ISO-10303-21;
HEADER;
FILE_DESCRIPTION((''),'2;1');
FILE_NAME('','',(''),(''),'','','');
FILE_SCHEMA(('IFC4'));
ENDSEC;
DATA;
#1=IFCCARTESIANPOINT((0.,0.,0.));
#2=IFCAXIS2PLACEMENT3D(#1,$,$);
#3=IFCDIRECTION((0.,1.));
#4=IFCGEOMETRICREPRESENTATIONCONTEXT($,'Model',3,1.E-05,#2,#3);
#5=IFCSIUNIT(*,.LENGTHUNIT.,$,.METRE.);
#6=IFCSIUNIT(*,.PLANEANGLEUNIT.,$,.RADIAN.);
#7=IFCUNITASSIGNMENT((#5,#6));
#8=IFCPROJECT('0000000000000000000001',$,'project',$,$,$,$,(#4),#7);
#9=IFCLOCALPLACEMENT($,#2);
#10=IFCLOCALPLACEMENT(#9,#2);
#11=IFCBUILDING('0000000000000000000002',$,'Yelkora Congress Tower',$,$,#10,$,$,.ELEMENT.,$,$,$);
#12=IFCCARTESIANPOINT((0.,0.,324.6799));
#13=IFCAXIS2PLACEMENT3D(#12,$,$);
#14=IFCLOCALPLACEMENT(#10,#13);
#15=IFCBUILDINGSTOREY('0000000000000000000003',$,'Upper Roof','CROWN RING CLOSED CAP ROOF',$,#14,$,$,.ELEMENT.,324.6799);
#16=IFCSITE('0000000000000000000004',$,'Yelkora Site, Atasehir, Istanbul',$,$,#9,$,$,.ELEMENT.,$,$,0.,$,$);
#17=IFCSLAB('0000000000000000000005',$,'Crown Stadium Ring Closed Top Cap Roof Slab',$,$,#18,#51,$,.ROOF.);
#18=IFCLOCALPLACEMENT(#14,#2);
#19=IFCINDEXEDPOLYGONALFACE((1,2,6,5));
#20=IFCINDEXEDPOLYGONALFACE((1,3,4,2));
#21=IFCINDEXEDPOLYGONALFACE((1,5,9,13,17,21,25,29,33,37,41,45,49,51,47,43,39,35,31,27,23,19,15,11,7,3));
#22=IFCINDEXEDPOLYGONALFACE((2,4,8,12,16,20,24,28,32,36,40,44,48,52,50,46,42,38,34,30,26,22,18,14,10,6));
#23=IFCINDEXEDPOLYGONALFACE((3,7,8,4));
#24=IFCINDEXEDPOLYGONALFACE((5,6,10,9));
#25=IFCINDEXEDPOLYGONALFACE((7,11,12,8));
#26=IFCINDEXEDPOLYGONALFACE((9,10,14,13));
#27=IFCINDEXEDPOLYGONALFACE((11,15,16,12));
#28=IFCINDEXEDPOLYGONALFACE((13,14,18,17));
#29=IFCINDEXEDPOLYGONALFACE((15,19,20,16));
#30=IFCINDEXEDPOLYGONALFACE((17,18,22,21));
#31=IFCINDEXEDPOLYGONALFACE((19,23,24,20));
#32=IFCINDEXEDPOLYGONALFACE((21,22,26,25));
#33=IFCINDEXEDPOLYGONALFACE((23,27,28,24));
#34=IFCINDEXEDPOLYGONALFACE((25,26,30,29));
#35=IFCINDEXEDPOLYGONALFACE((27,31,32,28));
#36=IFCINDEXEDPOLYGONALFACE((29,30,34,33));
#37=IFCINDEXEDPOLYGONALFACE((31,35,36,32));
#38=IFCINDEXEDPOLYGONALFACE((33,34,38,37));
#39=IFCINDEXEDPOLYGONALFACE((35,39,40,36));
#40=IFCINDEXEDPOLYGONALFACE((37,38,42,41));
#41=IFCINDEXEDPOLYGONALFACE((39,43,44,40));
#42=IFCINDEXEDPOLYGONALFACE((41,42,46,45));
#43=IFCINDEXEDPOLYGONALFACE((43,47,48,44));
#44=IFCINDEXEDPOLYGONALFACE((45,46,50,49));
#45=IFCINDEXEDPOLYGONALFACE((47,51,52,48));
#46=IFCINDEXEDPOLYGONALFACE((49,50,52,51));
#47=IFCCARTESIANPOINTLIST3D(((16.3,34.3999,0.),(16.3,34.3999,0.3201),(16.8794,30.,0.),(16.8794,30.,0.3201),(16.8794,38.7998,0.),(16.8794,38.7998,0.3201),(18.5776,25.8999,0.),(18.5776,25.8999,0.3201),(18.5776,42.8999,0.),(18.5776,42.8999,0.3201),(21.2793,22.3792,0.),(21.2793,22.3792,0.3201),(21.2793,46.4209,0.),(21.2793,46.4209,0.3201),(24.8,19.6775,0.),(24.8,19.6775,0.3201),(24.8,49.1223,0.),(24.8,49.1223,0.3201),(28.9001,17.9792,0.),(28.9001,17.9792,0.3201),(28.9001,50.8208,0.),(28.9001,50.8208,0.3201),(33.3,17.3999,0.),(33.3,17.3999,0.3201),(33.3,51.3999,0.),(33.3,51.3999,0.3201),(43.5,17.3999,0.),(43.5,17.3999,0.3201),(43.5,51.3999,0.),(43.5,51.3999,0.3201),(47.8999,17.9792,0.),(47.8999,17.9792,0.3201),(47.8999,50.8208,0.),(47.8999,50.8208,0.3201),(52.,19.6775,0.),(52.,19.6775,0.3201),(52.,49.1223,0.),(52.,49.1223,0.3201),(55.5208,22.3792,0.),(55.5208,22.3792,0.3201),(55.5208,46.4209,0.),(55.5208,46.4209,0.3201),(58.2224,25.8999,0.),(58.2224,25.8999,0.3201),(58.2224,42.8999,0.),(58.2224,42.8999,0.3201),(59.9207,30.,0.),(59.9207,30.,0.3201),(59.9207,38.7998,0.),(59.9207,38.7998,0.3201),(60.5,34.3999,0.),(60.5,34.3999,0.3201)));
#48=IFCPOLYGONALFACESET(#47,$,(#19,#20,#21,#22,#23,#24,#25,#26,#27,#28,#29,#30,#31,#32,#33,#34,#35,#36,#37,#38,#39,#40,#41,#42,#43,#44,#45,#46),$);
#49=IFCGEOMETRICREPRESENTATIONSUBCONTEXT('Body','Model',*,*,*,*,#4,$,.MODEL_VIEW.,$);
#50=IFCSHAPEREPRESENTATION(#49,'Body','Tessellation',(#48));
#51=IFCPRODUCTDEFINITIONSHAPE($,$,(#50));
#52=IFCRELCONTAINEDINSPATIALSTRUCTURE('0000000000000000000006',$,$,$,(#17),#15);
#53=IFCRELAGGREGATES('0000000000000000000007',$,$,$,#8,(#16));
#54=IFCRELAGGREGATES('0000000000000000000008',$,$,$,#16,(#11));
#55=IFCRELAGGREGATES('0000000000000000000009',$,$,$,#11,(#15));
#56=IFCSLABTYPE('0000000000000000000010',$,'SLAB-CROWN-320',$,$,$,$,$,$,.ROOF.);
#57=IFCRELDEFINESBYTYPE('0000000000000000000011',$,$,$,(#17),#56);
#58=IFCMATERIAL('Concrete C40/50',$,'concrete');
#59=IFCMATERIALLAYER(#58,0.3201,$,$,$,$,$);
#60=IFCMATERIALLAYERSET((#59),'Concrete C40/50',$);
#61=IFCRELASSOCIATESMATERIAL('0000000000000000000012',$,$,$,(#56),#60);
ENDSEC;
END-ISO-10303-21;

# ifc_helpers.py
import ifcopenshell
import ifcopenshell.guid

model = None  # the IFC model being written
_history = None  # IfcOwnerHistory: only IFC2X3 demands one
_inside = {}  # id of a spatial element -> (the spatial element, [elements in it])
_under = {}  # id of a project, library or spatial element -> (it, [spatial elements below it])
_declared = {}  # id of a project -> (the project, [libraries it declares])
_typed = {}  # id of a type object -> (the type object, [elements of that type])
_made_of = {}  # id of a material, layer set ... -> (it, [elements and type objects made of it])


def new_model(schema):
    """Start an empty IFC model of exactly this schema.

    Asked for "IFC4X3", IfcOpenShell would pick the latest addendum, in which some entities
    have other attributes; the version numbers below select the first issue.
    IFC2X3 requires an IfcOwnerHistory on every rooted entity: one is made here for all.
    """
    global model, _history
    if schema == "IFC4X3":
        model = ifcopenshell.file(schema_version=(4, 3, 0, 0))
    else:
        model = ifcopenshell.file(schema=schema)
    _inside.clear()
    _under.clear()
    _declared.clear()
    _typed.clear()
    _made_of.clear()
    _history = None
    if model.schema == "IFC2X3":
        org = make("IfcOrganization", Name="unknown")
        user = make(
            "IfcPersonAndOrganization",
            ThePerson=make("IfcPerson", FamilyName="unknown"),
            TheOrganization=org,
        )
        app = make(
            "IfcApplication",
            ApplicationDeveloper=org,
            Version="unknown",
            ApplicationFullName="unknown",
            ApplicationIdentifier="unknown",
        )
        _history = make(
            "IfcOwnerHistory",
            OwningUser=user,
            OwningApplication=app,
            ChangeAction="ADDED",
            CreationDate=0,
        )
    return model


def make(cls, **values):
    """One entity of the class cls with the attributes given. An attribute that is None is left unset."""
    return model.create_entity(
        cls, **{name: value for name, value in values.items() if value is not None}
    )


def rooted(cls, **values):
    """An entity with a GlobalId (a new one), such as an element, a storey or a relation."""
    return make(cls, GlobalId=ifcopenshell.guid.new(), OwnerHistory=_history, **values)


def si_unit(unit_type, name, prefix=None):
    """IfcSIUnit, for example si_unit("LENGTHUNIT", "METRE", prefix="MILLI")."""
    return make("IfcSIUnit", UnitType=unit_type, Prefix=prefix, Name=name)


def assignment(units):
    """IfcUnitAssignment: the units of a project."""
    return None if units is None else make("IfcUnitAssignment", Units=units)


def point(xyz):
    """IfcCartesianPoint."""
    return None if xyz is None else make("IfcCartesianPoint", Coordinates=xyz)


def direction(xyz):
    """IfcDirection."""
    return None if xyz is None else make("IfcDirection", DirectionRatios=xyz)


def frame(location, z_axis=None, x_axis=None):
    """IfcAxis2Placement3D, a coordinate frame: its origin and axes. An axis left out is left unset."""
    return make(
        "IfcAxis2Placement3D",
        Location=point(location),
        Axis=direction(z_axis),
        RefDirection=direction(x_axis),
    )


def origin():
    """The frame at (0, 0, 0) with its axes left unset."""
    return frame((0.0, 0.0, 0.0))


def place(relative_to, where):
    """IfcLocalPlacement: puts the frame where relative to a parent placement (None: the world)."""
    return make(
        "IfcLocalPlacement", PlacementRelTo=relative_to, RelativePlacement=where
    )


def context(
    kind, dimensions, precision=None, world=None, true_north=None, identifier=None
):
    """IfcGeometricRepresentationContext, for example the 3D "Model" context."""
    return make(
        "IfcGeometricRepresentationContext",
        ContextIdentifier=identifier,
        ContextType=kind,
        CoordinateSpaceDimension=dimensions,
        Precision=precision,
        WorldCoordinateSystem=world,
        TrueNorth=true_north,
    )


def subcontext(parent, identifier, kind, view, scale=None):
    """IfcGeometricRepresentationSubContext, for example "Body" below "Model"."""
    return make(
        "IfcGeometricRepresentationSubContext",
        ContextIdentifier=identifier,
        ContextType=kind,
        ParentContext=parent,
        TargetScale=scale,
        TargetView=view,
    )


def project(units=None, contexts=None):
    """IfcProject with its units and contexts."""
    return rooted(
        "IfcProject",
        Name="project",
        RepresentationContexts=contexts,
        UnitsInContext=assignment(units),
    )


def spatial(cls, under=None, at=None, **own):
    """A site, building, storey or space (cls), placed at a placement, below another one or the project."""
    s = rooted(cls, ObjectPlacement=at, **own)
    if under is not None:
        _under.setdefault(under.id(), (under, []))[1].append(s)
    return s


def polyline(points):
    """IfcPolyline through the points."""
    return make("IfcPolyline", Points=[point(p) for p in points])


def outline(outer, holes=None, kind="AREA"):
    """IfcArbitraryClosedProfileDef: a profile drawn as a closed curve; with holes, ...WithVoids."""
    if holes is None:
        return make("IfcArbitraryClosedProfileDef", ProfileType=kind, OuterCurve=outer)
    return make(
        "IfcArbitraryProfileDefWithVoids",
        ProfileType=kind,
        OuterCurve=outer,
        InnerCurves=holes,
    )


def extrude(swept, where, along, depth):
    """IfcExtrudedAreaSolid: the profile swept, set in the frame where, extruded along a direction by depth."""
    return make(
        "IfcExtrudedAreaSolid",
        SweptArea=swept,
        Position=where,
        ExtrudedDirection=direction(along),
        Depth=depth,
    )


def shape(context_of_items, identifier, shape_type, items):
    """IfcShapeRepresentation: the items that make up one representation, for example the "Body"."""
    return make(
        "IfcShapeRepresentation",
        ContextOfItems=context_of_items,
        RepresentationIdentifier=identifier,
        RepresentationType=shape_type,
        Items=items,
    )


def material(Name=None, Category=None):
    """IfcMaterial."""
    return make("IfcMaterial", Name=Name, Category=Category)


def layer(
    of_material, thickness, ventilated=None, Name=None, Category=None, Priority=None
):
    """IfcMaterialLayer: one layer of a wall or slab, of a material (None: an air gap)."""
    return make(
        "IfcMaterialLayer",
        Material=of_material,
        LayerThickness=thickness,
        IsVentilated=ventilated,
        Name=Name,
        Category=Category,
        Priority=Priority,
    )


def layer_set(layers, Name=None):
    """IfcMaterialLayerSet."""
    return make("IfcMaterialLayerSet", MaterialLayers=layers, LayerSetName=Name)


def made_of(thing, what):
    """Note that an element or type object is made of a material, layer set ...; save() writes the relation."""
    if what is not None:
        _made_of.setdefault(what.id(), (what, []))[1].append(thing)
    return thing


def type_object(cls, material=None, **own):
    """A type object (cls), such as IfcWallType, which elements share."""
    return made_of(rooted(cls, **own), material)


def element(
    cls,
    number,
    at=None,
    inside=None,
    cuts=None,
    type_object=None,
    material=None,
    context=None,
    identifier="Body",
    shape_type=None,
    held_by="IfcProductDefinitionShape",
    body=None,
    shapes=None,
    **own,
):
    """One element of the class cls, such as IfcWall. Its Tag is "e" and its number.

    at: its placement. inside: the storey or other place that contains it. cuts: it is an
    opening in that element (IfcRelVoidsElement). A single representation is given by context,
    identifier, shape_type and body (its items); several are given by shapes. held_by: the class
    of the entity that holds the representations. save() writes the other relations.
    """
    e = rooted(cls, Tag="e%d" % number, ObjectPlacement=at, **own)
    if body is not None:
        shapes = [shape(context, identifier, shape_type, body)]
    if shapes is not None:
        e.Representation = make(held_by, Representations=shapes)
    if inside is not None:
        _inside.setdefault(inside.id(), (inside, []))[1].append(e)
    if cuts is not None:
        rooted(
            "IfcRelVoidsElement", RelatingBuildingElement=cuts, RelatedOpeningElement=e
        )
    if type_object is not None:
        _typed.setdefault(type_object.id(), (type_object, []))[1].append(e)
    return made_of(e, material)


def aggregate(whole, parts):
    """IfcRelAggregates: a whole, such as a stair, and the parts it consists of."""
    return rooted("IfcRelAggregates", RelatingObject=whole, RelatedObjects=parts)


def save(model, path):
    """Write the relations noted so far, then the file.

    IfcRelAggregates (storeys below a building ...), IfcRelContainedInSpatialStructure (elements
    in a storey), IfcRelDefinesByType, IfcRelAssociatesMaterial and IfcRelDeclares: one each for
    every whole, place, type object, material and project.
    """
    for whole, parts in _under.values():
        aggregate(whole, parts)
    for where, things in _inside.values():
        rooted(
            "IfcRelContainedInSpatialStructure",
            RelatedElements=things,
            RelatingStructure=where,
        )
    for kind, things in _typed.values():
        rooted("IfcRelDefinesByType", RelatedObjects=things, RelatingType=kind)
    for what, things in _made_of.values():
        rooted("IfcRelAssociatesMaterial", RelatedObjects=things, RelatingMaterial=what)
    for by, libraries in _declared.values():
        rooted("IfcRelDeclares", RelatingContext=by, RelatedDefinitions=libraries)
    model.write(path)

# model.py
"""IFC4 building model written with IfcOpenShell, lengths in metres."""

from ifc_helpers import new_model, si_unit, direction, frame, origin, place, context, subcontext, project, spatial, polyline, outline, extrude, material, layer, layer_set, type_object, element, save


model = new_model("IFC4")

# Units and contexts
model_context = context("Model", 3, precision=1e-05, world=origin(), true_north=direction((0.0, 1.0)))
body_context = subcontext(model_context, "Body", "Model", "MODEL_VIEW")
ifc_project = project(units=[si_unit("LENGTHUNIT", "METRE"), si_unit("PLANEANGLEUNIT", "RADIAN")], contexts=[model_context])

# Site, building, storey
site_placement = place(None, origin())
site = spatial("IfcSite", under=ifc_project, at=site_placement, Name="Yelkora Site, Atasehir, Istanbul", CompositionType="ELEMENT", RefElevation=0.0)
building_placement = place(site_placement, origin())
building = spatial("IfcBuilding", under=site, at=building_placement, Name="Yelkora Congress Tower", CompositionType="ELEMENT")
storey_placement = place(building_placement, frame((0.0, 0.0, 324.6799)))
storey = spatial("IfcBuildingStorey", under=building, at=storey_placement, Name="Upper Roof", Description="CROWN RING CLOSED CAP ROOF", CompositionType="ELEMENT", Elevation=324.6799)

# Slab
ifc_material = material(Name="Concrete C40/50", Category="concrete")
ifc_layer = layer(ifc_material, 0.3201)
ifc_layer_set = layer_set([ifc_layer], Name="Concrete C40/50")
slab_type = type_object("IfcSlabType", Name="SLAB-CROWN-320", PredefinedType="ROOF", material=ifc_layer_set)
slab_placement = place(storey_placement, origin())
element("IfcSlab", 1, at=slab_placement, inside=storey, type_object=slab_type, Name="Crown Stadium Ring Closed Top Cap Roof Slab", PredefinedType="ROOF", context=body_context, shape_type="SweptSolid", body=[
    extrude(outline(polyline([(43.5, 17.3999), (47.8999, 17.9792), (52.0, 19.6775), (55.5208, 22.3792), (58.2224, 25.8999), (59.9207, 30.0), (60.5, 34.3999), (59.9207, 38.7998), (58.2224, 42.8999), (55.5208, 46.4209), (52.0, 49.1223), (47.8999, 50.8208), (43.5, 51.3999), (33.3, 51.3999), (28.9001, 50.8208), (24.8, 49.1223), (21.2793, 46.4209), (18.5776, 42.8999), (16.8794, 38.7998), (16.3, 34.3999), (16.8794, 30.0), (18.5776, 25.8999), (21.2793, 22.3792), (24.8, 19.6775), (28.9001, 17.9792), (33.3, 17.3999), (43.5, 17.3999)])), origin(), (0.0, 0.0, 1.0), 0.3201),
])

save(model, "model.ifc")
